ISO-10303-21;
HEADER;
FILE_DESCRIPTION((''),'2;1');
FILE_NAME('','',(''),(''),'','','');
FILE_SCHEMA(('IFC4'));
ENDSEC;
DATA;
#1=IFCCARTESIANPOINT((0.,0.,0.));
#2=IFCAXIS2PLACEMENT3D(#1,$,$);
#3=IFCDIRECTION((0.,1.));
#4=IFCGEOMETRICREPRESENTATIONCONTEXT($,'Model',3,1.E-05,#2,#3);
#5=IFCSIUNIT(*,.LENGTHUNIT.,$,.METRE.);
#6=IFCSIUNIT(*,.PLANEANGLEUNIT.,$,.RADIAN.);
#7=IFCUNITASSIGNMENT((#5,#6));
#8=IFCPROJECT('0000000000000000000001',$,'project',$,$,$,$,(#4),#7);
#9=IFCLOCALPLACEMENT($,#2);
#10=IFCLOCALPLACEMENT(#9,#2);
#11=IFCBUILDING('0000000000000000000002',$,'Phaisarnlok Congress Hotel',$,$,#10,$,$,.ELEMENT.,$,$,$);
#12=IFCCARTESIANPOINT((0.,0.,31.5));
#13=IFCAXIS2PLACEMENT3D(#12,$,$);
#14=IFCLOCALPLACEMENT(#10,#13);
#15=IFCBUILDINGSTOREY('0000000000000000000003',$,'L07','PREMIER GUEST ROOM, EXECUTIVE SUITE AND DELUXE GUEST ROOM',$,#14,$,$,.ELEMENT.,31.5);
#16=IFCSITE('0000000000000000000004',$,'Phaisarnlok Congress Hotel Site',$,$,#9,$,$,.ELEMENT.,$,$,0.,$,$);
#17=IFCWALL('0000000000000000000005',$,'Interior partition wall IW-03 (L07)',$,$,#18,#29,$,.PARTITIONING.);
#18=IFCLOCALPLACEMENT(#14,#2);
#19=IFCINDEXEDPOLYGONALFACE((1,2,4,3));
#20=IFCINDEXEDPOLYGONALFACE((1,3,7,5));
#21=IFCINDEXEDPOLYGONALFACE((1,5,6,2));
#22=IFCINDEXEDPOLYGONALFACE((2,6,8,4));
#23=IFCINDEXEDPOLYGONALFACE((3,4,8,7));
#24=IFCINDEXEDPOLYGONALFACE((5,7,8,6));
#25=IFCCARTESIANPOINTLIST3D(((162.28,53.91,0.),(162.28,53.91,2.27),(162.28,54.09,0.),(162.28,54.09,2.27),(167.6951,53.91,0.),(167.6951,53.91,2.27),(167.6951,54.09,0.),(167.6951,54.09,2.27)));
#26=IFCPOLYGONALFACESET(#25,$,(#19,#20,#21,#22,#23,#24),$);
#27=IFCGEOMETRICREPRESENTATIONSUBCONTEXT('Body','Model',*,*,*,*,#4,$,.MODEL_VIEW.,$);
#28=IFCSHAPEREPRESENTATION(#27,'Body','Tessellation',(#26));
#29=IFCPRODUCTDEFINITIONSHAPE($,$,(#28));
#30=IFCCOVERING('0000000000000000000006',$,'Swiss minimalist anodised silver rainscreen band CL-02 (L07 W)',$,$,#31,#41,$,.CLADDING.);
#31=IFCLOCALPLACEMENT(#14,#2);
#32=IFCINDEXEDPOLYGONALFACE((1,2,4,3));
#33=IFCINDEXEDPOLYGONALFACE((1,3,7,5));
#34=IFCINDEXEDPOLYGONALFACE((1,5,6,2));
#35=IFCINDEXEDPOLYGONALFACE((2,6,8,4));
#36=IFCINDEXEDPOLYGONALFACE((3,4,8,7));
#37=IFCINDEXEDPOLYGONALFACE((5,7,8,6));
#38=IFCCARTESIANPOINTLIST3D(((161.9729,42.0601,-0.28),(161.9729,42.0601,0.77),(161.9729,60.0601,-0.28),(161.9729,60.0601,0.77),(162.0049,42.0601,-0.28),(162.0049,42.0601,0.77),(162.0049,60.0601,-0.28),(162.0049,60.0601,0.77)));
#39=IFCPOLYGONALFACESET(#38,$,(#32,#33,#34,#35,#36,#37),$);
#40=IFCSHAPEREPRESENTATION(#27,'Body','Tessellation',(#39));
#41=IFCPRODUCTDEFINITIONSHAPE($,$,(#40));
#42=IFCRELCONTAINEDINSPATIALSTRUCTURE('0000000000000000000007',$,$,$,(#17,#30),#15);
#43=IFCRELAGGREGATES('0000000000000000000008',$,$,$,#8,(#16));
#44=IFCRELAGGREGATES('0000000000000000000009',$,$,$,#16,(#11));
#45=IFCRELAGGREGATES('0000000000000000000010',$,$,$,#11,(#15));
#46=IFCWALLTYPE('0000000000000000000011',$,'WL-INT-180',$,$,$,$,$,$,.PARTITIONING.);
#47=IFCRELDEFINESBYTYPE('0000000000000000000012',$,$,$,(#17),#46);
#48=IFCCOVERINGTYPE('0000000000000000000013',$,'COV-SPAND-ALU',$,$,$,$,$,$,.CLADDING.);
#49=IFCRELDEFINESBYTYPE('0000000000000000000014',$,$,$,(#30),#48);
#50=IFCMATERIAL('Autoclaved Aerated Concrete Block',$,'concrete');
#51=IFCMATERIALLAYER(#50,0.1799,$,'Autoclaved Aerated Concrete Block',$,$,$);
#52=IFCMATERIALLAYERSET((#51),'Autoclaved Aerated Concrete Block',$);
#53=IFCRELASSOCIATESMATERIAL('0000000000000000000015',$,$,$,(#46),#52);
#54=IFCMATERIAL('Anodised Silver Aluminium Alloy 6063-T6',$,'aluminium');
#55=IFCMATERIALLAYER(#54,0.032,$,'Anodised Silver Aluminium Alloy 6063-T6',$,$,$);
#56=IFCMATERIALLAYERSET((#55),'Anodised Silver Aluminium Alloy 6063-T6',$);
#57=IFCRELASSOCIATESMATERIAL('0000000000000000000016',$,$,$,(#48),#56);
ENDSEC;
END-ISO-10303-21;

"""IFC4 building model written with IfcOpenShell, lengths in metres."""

from ifc_helpers import new_model, si_unit, direction, frame, frame_2d, origin, place, context, subcontext, project, spatial, polyline, rectangle, outline, extrude, material, layer, layer_set, type_object, element, save


model = new_model("IFC4")

# Units and contexts
model_context = context("Model", 3, precision=1e-05, world=origin(), true_north=direction((0.0, 1.0)))
body_context = subcontext(model_context, "Body", "Model", "MODEL_VIEW")
ifc_project = project(units=[si_unit("LENGTHUNIT", "METRE"), si_unit("PLANEANGLEUNIT", "RADIAN")], contexts=[model_context])

# Site, building, storey
site_placement = place(None, origin())
site = spatial("IfcSite", under=ifc_project, at=site_placement, Name="Phaisarnlok Congress Hotel Site", CompositionType="ELEMENT", RefElevation=0.0)
building_placement = place(site_placement, origin())
building = spatial("IfcBuilding", under=site, at=building_placement, Name="Phaisarnlok Congress Hotel", CompositionType="ELEMENT")
storey_placement = place(building_placement, frame((0.0, 0.0, 31.5)))
storey = spatial("IfcBuildingStorey", under=building, at=storey_placement, Name="L07", Description="PREMIER GUEST ROOM, EXECUTIVE SUITE AND DELUXE GUEST ROOM", CompositionType="ELEMENT", Elevation=31.5)

# Wall
ifc_material_1 = material(Name="Autoclaved Aerated Concrete Block", Category="concrete")
ifc_layer_1 = layer(ifc_material_1, 0.1799, Name="Autoclaved Aerated Concrete Block")
ifc_layer_set_1 = layer_set([ifc_layer_1], Name="Autoclaved Aerated Concrete Block")
wall_type_1 = type_object("IfcWallType", Name="WL-INT-180", PredefinedType="PARTITIONING", material=ifc_layer_set_1)
wall_1_placement = place(storey_placement, frame((162.28, 54.0, 0.0), z_axis=(0.0, 0.0, 1.0), x_axis=(1.0, 0.0, 0.0)))
element("IfcWall", 1, at=wall_1_placement, inside=storey, type_object=wall_type_1, Name="Interior partition wall IW-03 (L07)", PredefinedType="PARTITIONING", context=body_context, shape_type="SweptSolid", body=[
    extrude(rectangle(XDim=5.415, YDim=0.1799, at=frame_2d((2.7075, 0.0))), origin(), (0.0, 0.0, 1.0), 2.27),
])

# Covering
ifc_material_2 = material(Name="Anodised Silver Aluminium Alloy 6063-T6", Category="aluminium")
ifc_layer_2 = layer(ifc_material_2, 0.032, Name="Anodised Silver Aluminium Alloy 6063-T6")
ifc_layer_set_2 = layer_set([ifc_layer_2], Name="Anodised Silver Aluminium Alloy 6063-T6")
covering_type = type_object("IfcCoveringType", Name="COV-SPAND-ALU", PredefinedType="CLADDING", material=ifc_layer_set_2)
covering_placement = place(storey_placement, frame((162.0049, 60.0601, -0.28), z_axis=(-1.0, 0.0, 0.0), x_axis=(0.0, -1.0, 0.0)))
element("IfcCovering", 2, at=covering_placement, inside=storey, type_object=covering_type, Name="Swiss minimalist anodised silver rainscreen band CL-02 (L07 W)", PredefinedType="CLADDING", context=body_context, shape_type="SweptSolid", body=[
    extrude(outline(polyline([(0.0, 0.0), (18.0, 0.0), (18.0, 1.05), (0.0, 1.05), (0.0, 0.0)])), origin(), (0.0, 0.0, 1.0), 0.032),
])

save(model, "model.ifc")
